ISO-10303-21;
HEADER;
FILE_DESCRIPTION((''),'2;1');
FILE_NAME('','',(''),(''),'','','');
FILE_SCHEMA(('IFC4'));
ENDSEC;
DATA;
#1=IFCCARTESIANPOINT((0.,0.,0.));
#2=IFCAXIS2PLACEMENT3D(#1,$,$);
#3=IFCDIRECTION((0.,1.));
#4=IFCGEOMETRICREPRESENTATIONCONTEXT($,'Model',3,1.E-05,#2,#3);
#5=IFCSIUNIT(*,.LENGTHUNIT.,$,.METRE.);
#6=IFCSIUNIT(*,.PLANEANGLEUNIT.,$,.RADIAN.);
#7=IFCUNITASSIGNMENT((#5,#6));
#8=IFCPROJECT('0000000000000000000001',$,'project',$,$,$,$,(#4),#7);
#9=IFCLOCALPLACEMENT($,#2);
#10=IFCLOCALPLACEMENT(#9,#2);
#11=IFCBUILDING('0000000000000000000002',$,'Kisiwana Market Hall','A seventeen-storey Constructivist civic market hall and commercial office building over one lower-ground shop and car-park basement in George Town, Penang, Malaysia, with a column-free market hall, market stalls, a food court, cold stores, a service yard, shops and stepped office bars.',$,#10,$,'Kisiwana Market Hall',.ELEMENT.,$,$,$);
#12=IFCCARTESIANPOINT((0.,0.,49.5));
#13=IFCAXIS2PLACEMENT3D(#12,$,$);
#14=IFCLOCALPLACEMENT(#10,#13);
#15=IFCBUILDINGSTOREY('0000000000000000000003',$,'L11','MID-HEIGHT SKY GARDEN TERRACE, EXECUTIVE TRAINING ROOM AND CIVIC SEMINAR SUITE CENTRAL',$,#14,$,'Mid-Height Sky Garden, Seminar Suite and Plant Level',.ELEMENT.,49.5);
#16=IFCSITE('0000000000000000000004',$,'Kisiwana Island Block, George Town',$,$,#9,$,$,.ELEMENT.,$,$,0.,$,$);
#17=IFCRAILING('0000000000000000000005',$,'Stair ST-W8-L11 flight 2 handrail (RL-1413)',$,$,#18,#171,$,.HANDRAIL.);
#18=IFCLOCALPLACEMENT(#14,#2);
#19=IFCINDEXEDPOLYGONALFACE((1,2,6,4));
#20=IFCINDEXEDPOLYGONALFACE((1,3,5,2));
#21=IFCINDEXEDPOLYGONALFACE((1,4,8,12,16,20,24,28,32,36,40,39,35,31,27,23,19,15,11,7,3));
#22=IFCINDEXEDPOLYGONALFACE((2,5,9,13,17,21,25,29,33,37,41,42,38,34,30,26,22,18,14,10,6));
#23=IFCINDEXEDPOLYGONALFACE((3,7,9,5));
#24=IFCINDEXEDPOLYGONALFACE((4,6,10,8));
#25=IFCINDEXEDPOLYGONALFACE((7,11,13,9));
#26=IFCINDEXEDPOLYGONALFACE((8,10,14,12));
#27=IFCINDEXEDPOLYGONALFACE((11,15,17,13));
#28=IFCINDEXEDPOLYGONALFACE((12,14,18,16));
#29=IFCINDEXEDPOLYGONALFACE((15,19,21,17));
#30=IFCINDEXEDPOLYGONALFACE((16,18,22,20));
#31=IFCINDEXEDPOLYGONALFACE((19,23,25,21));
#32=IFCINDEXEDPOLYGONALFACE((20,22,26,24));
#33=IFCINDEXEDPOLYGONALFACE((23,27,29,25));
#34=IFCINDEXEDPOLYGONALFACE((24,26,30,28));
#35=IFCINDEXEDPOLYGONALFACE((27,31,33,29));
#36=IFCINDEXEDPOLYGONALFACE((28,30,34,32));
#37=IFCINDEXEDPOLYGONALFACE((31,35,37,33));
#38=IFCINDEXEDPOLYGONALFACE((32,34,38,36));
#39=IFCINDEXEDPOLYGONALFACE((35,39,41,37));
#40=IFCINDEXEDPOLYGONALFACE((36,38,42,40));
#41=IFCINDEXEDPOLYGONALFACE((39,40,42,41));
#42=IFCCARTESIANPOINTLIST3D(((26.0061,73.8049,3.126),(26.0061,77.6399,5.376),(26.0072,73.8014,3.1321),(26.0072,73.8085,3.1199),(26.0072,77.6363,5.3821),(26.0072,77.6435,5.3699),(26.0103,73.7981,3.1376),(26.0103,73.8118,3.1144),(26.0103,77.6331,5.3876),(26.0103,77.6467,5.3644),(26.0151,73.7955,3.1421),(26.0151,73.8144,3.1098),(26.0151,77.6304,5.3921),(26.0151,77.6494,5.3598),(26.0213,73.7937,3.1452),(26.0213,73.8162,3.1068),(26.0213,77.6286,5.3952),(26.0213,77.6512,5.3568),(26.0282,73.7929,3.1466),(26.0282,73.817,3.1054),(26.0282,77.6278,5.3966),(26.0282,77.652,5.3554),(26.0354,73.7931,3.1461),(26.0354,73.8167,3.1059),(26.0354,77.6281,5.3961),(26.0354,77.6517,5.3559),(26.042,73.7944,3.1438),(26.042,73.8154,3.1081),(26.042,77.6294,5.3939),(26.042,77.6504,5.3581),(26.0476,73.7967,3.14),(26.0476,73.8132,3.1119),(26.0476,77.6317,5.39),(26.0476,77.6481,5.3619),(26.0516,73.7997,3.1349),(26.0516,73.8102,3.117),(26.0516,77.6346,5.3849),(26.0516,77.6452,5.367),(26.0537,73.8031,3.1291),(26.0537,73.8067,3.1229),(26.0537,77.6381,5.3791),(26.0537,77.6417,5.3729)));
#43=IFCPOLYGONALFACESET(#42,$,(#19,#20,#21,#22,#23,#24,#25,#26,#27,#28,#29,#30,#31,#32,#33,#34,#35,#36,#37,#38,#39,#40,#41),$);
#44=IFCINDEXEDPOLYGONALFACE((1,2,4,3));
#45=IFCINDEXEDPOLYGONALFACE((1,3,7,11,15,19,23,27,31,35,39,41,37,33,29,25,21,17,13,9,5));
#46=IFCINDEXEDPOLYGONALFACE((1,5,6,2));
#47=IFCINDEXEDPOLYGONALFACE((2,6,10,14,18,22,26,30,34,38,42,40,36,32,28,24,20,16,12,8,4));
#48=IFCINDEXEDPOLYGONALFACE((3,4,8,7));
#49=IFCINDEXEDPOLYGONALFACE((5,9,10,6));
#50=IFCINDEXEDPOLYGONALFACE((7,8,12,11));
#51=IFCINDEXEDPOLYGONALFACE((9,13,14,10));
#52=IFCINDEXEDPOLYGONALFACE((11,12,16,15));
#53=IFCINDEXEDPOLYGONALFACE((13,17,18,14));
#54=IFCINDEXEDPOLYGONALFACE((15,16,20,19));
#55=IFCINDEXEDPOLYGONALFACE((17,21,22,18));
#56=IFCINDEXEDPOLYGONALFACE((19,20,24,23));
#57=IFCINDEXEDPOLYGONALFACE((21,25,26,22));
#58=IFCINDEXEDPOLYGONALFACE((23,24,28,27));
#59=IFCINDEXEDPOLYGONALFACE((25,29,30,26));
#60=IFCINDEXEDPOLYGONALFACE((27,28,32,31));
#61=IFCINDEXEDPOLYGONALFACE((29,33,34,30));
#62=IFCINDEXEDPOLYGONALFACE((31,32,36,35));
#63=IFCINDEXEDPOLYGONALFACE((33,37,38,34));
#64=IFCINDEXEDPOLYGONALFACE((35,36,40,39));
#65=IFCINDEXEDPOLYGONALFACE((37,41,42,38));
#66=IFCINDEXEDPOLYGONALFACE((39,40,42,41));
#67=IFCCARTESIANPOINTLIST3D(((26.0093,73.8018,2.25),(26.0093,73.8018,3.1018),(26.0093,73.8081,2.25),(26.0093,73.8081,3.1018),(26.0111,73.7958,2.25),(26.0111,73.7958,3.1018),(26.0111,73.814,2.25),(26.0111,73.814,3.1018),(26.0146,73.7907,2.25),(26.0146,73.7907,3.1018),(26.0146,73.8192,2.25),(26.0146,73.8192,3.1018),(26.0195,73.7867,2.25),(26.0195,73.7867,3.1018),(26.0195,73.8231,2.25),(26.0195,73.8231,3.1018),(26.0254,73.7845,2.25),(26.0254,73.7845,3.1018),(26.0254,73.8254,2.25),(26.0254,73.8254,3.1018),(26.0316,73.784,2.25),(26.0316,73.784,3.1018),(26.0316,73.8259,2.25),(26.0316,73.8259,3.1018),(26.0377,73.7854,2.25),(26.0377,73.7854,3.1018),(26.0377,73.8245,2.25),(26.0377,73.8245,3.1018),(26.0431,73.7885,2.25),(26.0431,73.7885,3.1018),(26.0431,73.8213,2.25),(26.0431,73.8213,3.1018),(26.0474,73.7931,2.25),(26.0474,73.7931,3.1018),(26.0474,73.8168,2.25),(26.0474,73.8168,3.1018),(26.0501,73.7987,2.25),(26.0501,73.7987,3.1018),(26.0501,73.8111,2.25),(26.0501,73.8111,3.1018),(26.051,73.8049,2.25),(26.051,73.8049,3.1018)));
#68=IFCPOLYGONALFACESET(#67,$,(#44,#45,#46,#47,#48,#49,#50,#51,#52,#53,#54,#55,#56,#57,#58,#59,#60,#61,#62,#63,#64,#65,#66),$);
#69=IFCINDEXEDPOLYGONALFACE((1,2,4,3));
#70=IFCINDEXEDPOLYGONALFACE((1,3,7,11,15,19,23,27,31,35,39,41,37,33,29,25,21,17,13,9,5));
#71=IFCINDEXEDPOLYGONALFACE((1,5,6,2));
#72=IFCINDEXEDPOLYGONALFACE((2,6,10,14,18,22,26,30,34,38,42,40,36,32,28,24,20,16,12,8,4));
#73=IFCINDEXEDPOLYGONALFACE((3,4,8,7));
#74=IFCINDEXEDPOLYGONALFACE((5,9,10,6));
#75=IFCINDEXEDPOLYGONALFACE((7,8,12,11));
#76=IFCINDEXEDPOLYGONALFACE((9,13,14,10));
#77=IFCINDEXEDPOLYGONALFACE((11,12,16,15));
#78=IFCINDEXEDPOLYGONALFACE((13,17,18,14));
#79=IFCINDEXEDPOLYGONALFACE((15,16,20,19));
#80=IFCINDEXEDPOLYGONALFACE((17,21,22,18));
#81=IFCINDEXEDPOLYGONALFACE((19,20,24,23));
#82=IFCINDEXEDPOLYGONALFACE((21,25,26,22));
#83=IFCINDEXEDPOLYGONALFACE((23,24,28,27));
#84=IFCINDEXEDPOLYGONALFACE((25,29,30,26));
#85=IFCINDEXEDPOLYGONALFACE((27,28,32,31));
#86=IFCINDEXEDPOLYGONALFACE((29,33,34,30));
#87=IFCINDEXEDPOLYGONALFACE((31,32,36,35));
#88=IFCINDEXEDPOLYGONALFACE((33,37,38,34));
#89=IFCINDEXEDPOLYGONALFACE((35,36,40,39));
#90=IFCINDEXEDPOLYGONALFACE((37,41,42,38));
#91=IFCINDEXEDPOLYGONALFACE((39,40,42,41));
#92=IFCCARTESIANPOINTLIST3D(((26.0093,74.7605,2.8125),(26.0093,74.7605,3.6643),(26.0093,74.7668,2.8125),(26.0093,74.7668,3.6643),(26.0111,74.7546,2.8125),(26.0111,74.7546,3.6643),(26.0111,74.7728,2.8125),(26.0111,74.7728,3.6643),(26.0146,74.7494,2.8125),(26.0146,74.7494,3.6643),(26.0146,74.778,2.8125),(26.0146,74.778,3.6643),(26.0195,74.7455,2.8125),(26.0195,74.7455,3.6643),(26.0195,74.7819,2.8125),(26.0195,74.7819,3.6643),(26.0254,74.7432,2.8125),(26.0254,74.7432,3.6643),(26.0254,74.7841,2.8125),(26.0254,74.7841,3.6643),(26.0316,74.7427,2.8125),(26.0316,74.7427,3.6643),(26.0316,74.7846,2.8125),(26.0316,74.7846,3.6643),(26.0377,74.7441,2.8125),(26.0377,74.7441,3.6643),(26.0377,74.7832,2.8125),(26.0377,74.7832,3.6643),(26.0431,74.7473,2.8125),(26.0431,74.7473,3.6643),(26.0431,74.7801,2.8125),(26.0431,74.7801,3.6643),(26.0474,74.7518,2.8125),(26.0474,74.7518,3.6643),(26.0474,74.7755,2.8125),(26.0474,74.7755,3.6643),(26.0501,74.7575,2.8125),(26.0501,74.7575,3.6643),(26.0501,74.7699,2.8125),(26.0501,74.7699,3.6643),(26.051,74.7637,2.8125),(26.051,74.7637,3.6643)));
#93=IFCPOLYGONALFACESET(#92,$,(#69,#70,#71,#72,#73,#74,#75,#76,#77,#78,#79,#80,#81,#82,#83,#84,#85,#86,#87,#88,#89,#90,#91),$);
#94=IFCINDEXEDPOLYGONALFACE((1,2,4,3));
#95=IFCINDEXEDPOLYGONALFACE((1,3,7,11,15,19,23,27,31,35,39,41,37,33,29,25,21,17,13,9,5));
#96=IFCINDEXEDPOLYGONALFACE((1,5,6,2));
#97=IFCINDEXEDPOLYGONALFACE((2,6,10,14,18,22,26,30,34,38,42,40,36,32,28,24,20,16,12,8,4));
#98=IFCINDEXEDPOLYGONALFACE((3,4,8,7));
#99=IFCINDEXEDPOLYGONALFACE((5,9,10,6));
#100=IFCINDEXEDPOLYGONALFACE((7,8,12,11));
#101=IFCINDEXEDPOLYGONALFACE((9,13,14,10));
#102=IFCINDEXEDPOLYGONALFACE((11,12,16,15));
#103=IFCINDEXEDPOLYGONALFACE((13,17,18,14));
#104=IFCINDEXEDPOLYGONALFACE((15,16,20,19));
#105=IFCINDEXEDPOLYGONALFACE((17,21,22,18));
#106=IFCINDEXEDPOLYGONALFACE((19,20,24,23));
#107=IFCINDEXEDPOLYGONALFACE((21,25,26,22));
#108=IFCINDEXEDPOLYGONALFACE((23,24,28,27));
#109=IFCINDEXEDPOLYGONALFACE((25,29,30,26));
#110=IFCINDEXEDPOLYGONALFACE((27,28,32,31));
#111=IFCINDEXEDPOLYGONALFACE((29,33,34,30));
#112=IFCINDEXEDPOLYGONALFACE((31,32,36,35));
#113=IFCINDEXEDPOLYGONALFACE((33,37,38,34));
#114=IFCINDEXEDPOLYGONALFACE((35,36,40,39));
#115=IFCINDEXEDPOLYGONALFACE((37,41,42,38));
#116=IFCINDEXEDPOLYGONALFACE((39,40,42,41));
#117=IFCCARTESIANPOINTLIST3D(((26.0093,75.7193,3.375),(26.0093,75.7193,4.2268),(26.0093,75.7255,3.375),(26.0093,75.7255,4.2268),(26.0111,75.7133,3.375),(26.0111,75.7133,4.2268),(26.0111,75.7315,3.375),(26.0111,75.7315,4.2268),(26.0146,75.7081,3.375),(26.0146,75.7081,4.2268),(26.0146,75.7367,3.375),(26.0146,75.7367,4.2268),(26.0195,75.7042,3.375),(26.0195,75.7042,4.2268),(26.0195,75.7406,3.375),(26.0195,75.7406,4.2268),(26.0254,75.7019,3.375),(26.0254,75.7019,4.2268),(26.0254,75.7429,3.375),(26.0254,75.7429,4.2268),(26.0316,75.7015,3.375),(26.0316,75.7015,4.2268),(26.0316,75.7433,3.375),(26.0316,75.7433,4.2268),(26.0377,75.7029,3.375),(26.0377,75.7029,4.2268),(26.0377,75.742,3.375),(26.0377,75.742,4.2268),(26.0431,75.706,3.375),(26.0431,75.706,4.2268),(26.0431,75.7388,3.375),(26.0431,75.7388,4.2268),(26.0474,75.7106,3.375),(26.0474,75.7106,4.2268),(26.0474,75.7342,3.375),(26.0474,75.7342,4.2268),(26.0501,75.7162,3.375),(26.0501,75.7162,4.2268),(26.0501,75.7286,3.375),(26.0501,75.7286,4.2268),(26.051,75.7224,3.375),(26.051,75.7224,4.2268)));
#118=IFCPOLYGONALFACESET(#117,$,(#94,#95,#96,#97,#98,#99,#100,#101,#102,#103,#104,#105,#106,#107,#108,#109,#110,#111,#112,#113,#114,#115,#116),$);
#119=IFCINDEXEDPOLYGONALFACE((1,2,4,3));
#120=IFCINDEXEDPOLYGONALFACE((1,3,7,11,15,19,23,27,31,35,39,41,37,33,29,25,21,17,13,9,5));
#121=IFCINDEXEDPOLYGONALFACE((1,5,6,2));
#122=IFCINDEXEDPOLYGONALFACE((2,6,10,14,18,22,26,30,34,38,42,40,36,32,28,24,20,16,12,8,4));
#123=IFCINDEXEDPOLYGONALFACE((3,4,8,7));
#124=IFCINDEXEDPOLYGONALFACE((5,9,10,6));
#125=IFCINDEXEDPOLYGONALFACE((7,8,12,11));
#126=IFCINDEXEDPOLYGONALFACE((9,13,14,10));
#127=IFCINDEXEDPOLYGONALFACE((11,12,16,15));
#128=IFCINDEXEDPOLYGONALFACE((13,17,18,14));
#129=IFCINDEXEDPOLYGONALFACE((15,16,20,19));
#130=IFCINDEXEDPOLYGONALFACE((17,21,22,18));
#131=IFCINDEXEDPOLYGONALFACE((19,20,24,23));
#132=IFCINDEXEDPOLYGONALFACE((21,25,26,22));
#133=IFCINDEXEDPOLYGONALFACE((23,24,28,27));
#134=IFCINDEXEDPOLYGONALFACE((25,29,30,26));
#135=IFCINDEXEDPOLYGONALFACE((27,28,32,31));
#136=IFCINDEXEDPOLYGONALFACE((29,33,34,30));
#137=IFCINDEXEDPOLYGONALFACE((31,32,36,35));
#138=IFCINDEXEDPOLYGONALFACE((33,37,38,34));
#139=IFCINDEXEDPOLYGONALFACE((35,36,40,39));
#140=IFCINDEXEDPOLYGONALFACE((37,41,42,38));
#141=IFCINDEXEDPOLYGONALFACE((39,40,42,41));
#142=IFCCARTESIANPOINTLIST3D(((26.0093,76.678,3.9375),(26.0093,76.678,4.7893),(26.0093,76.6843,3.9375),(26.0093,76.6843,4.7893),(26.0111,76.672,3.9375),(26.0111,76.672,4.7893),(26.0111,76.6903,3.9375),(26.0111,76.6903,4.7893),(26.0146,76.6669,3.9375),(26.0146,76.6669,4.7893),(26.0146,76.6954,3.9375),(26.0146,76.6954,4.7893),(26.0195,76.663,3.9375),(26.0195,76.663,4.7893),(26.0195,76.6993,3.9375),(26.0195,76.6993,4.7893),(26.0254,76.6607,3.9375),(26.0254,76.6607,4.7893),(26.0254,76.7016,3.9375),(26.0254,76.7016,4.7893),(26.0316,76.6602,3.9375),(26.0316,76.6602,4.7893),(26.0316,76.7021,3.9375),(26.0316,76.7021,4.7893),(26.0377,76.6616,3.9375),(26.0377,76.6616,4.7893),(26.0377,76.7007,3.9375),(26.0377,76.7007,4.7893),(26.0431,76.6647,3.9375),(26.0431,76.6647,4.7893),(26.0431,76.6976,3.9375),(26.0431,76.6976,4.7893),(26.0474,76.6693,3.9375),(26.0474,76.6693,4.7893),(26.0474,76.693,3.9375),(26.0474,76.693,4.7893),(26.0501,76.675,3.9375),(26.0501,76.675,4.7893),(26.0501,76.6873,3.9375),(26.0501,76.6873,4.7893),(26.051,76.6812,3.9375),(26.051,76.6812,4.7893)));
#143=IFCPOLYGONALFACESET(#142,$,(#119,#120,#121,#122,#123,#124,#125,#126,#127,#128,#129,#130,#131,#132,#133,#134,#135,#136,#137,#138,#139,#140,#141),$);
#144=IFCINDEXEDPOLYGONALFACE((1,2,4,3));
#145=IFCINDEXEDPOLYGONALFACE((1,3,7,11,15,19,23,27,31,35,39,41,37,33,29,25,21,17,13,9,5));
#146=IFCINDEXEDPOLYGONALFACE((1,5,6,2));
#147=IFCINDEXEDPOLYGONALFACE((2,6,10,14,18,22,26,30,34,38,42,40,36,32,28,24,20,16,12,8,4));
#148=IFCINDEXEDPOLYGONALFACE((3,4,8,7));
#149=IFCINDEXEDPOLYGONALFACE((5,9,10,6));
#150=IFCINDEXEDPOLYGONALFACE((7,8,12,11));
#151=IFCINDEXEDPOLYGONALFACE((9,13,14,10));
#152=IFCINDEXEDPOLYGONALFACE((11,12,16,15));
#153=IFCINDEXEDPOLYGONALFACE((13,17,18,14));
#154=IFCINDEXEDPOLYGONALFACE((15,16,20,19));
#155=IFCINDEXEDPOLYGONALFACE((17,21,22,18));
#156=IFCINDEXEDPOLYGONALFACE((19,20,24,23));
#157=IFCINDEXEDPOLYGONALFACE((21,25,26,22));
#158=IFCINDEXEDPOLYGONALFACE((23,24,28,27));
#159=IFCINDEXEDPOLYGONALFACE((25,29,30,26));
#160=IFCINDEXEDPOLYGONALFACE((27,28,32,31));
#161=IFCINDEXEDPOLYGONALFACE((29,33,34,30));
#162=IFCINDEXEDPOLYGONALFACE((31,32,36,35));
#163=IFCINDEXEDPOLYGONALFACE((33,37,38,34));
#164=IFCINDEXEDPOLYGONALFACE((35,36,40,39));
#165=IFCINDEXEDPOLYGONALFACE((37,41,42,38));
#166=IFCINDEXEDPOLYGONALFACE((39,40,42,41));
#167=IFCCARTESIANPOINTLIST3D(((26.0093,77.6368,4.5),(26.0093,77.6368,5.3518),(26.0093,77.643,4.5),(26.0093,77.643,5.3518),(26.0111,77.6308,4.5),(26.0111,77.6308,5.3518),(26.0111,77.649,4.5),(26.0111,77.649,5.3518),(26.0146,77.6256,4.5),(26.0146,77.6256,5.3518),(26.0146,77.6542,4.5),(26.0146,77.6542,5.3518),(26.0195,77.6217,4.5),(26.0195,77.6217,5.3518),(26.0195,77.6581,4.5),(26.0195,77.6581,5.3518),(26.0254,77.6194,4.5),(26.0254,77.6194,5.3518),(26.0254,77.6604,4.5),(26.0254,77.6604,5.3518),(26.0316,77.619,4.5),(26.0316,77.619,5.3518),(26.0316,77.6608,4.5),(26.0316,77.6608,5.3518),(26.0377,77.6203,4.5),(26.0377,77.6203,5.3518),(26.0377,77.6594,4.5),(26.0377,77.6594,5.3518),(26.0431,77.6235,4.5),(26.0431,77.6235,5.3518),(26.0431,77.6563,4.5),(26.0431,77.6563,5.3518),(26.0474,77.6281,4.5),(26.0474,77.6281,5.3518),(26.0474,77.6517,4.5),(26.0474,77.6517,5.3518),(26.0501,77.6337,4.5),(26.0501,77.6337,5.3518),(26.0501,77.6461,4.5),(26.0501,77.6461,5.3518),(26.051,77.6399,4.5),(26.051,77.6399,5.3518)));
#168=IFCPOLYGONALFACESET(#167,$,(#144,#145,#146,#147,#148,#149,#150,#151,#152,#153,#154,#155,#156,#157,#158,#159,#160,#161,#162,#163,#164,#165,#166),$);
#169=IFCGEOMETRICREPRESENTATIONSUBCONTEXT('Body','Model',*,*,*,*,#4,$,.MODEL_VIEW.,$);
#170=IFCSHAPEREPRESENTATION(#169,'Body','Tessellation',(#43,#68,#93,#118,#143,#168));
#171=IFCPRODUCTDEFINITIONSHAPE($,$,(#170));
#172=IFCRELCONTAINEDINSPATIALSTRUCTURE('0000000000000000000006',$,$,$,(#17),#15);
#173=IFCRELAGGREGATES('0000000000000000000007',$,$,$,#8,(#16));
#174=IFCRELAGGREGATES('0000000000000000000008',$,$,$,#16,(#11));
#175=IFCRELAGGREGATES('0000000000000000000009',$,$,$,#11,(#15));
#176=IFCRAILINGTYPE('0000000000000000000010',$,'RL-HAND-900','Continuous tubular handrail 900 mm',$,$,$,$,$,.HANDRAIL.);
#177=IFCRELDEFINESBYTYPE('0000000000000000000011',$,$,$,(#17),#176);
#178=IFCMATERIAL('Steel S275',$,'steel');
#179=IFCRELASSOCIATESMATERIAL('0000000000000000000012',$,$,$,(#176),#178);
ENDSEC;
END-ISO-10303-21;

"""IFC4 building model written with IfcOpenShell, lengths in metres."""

from ifc_helpers import new_model, si_unit, direction, frame, origin, origin_2d, place, context, subcontext, project, spatial, circle, extrude, material, type_object, element, save


model = new_model("IFC4")

# Units and contexts
model_context = context("Model", 3, precision=1e-05, world=origin(), true_north=direction((0.0, 1.0)))
body_context = subcontext(model_context, "Body", "Model", "MODEL_VIEW")
ifc_project = project(units=[si_unit("LENGTHUNIT", "METRE"), si_unit("PLANEANGLEUNIT", "RADIAN")], contexts=[model_context])

# Site, building, storey
site_placement = place(None, origin())
site = spatial("IfcSite", under=ifc_project, at=site_placement, Name="Kisiwana Island Block, George Town", CompositionType="ELEMENT", RefElevation=0.0)
building_placement = place(site_placement, origin())
building = spatial("IfcBuilding", under=site, at=building_placement, Name="Kisiwana Market Hall", Description="A seventeen-storey Constructivist civic market hall and commercial office building over one lower-ground shop and car-park basement in George Town, Penang, Malaysia, with a column-free market hall, market stalls, a food court, cold stores, a service yard, shops and stepped office bars.", LongName="Kisiwana Market Hall", CompositionType="ELEMENT")
storey_placement = place(building_placement, frame((0.0, 0.0, 49.5)))
storey = spatial("IfcBuildingStorey", under=building, at=storey_placement, Name="L11", Description="MID-HEIGHT SKY GARDEN TERRACE, EXECUTIVE TRAINING ROOM AND CIVIC SEMINAR SUITE CENTRAL", LongName="Mid-Height Sky Garden, Seminar Suite and Plant Level", CompositionType="ELEMENT", Elevation=49.5)

# Railing
ifc_material_1 = material(Name="Steel S275", Category="steel")
railing_type_1 = type_object("IfcRailingType", Name="RL-HAND-900", Description="Continuous tubular handrail 900 mm", PredefinedType="HANDRAIL", material=ifc_material_1)
railing_1_placement = place(storey_placement, frame((26.03, 73.8049, 2.25)))
element("IfcRailing", 1, at=railing_1_placement, inside=storey, type_object=railing_type_1, Name="Stair ST-W8-L11 flight 2 handrail (RL-1413)", PredefinedType="HANDRAIL", context=body_context, shape_type="SweptSolid", body=[
    extrude(circle(Radius=0.0239, at=origin_2d()), frame((0.0, 0.0, 0.876), z_axis=(0.0, 0.86251, 0.506041), x_axis=(-1.0, 0.0, 0.0)), (0.0, 0.0, 1.0), 4.4463),
    extrude(circle(Radius=0.021, at=origin_2d()), origin(), (0.0, 0.0, 1.0), 0.8518),
    extrude(circle(Radius=0.021, at=origin_2d()), frame((0.0, 0.9587, 0.5625)), (0.0, 0.0, 1.0), 0.8518),
    extrude(circle(Radius=0.021, at=origin_2d()), frame((0.0, 1.9175, 1.125)), (0.0, 0.0, 1.0), 0.8518),
    extrude(circle(Radius=0.021, at=origin_2d()), frame((0.0, 2.8762, 1.6875)), (0.0, 0.0, 1.0), 0.8518),
    extrude(circle(Radius=0.021, at=origin_2d()), frame((0.0, 3.835, 2.25)), (0.0, 0.0, 1.0), 0.8518),
])

save(model, "model.ifc")
